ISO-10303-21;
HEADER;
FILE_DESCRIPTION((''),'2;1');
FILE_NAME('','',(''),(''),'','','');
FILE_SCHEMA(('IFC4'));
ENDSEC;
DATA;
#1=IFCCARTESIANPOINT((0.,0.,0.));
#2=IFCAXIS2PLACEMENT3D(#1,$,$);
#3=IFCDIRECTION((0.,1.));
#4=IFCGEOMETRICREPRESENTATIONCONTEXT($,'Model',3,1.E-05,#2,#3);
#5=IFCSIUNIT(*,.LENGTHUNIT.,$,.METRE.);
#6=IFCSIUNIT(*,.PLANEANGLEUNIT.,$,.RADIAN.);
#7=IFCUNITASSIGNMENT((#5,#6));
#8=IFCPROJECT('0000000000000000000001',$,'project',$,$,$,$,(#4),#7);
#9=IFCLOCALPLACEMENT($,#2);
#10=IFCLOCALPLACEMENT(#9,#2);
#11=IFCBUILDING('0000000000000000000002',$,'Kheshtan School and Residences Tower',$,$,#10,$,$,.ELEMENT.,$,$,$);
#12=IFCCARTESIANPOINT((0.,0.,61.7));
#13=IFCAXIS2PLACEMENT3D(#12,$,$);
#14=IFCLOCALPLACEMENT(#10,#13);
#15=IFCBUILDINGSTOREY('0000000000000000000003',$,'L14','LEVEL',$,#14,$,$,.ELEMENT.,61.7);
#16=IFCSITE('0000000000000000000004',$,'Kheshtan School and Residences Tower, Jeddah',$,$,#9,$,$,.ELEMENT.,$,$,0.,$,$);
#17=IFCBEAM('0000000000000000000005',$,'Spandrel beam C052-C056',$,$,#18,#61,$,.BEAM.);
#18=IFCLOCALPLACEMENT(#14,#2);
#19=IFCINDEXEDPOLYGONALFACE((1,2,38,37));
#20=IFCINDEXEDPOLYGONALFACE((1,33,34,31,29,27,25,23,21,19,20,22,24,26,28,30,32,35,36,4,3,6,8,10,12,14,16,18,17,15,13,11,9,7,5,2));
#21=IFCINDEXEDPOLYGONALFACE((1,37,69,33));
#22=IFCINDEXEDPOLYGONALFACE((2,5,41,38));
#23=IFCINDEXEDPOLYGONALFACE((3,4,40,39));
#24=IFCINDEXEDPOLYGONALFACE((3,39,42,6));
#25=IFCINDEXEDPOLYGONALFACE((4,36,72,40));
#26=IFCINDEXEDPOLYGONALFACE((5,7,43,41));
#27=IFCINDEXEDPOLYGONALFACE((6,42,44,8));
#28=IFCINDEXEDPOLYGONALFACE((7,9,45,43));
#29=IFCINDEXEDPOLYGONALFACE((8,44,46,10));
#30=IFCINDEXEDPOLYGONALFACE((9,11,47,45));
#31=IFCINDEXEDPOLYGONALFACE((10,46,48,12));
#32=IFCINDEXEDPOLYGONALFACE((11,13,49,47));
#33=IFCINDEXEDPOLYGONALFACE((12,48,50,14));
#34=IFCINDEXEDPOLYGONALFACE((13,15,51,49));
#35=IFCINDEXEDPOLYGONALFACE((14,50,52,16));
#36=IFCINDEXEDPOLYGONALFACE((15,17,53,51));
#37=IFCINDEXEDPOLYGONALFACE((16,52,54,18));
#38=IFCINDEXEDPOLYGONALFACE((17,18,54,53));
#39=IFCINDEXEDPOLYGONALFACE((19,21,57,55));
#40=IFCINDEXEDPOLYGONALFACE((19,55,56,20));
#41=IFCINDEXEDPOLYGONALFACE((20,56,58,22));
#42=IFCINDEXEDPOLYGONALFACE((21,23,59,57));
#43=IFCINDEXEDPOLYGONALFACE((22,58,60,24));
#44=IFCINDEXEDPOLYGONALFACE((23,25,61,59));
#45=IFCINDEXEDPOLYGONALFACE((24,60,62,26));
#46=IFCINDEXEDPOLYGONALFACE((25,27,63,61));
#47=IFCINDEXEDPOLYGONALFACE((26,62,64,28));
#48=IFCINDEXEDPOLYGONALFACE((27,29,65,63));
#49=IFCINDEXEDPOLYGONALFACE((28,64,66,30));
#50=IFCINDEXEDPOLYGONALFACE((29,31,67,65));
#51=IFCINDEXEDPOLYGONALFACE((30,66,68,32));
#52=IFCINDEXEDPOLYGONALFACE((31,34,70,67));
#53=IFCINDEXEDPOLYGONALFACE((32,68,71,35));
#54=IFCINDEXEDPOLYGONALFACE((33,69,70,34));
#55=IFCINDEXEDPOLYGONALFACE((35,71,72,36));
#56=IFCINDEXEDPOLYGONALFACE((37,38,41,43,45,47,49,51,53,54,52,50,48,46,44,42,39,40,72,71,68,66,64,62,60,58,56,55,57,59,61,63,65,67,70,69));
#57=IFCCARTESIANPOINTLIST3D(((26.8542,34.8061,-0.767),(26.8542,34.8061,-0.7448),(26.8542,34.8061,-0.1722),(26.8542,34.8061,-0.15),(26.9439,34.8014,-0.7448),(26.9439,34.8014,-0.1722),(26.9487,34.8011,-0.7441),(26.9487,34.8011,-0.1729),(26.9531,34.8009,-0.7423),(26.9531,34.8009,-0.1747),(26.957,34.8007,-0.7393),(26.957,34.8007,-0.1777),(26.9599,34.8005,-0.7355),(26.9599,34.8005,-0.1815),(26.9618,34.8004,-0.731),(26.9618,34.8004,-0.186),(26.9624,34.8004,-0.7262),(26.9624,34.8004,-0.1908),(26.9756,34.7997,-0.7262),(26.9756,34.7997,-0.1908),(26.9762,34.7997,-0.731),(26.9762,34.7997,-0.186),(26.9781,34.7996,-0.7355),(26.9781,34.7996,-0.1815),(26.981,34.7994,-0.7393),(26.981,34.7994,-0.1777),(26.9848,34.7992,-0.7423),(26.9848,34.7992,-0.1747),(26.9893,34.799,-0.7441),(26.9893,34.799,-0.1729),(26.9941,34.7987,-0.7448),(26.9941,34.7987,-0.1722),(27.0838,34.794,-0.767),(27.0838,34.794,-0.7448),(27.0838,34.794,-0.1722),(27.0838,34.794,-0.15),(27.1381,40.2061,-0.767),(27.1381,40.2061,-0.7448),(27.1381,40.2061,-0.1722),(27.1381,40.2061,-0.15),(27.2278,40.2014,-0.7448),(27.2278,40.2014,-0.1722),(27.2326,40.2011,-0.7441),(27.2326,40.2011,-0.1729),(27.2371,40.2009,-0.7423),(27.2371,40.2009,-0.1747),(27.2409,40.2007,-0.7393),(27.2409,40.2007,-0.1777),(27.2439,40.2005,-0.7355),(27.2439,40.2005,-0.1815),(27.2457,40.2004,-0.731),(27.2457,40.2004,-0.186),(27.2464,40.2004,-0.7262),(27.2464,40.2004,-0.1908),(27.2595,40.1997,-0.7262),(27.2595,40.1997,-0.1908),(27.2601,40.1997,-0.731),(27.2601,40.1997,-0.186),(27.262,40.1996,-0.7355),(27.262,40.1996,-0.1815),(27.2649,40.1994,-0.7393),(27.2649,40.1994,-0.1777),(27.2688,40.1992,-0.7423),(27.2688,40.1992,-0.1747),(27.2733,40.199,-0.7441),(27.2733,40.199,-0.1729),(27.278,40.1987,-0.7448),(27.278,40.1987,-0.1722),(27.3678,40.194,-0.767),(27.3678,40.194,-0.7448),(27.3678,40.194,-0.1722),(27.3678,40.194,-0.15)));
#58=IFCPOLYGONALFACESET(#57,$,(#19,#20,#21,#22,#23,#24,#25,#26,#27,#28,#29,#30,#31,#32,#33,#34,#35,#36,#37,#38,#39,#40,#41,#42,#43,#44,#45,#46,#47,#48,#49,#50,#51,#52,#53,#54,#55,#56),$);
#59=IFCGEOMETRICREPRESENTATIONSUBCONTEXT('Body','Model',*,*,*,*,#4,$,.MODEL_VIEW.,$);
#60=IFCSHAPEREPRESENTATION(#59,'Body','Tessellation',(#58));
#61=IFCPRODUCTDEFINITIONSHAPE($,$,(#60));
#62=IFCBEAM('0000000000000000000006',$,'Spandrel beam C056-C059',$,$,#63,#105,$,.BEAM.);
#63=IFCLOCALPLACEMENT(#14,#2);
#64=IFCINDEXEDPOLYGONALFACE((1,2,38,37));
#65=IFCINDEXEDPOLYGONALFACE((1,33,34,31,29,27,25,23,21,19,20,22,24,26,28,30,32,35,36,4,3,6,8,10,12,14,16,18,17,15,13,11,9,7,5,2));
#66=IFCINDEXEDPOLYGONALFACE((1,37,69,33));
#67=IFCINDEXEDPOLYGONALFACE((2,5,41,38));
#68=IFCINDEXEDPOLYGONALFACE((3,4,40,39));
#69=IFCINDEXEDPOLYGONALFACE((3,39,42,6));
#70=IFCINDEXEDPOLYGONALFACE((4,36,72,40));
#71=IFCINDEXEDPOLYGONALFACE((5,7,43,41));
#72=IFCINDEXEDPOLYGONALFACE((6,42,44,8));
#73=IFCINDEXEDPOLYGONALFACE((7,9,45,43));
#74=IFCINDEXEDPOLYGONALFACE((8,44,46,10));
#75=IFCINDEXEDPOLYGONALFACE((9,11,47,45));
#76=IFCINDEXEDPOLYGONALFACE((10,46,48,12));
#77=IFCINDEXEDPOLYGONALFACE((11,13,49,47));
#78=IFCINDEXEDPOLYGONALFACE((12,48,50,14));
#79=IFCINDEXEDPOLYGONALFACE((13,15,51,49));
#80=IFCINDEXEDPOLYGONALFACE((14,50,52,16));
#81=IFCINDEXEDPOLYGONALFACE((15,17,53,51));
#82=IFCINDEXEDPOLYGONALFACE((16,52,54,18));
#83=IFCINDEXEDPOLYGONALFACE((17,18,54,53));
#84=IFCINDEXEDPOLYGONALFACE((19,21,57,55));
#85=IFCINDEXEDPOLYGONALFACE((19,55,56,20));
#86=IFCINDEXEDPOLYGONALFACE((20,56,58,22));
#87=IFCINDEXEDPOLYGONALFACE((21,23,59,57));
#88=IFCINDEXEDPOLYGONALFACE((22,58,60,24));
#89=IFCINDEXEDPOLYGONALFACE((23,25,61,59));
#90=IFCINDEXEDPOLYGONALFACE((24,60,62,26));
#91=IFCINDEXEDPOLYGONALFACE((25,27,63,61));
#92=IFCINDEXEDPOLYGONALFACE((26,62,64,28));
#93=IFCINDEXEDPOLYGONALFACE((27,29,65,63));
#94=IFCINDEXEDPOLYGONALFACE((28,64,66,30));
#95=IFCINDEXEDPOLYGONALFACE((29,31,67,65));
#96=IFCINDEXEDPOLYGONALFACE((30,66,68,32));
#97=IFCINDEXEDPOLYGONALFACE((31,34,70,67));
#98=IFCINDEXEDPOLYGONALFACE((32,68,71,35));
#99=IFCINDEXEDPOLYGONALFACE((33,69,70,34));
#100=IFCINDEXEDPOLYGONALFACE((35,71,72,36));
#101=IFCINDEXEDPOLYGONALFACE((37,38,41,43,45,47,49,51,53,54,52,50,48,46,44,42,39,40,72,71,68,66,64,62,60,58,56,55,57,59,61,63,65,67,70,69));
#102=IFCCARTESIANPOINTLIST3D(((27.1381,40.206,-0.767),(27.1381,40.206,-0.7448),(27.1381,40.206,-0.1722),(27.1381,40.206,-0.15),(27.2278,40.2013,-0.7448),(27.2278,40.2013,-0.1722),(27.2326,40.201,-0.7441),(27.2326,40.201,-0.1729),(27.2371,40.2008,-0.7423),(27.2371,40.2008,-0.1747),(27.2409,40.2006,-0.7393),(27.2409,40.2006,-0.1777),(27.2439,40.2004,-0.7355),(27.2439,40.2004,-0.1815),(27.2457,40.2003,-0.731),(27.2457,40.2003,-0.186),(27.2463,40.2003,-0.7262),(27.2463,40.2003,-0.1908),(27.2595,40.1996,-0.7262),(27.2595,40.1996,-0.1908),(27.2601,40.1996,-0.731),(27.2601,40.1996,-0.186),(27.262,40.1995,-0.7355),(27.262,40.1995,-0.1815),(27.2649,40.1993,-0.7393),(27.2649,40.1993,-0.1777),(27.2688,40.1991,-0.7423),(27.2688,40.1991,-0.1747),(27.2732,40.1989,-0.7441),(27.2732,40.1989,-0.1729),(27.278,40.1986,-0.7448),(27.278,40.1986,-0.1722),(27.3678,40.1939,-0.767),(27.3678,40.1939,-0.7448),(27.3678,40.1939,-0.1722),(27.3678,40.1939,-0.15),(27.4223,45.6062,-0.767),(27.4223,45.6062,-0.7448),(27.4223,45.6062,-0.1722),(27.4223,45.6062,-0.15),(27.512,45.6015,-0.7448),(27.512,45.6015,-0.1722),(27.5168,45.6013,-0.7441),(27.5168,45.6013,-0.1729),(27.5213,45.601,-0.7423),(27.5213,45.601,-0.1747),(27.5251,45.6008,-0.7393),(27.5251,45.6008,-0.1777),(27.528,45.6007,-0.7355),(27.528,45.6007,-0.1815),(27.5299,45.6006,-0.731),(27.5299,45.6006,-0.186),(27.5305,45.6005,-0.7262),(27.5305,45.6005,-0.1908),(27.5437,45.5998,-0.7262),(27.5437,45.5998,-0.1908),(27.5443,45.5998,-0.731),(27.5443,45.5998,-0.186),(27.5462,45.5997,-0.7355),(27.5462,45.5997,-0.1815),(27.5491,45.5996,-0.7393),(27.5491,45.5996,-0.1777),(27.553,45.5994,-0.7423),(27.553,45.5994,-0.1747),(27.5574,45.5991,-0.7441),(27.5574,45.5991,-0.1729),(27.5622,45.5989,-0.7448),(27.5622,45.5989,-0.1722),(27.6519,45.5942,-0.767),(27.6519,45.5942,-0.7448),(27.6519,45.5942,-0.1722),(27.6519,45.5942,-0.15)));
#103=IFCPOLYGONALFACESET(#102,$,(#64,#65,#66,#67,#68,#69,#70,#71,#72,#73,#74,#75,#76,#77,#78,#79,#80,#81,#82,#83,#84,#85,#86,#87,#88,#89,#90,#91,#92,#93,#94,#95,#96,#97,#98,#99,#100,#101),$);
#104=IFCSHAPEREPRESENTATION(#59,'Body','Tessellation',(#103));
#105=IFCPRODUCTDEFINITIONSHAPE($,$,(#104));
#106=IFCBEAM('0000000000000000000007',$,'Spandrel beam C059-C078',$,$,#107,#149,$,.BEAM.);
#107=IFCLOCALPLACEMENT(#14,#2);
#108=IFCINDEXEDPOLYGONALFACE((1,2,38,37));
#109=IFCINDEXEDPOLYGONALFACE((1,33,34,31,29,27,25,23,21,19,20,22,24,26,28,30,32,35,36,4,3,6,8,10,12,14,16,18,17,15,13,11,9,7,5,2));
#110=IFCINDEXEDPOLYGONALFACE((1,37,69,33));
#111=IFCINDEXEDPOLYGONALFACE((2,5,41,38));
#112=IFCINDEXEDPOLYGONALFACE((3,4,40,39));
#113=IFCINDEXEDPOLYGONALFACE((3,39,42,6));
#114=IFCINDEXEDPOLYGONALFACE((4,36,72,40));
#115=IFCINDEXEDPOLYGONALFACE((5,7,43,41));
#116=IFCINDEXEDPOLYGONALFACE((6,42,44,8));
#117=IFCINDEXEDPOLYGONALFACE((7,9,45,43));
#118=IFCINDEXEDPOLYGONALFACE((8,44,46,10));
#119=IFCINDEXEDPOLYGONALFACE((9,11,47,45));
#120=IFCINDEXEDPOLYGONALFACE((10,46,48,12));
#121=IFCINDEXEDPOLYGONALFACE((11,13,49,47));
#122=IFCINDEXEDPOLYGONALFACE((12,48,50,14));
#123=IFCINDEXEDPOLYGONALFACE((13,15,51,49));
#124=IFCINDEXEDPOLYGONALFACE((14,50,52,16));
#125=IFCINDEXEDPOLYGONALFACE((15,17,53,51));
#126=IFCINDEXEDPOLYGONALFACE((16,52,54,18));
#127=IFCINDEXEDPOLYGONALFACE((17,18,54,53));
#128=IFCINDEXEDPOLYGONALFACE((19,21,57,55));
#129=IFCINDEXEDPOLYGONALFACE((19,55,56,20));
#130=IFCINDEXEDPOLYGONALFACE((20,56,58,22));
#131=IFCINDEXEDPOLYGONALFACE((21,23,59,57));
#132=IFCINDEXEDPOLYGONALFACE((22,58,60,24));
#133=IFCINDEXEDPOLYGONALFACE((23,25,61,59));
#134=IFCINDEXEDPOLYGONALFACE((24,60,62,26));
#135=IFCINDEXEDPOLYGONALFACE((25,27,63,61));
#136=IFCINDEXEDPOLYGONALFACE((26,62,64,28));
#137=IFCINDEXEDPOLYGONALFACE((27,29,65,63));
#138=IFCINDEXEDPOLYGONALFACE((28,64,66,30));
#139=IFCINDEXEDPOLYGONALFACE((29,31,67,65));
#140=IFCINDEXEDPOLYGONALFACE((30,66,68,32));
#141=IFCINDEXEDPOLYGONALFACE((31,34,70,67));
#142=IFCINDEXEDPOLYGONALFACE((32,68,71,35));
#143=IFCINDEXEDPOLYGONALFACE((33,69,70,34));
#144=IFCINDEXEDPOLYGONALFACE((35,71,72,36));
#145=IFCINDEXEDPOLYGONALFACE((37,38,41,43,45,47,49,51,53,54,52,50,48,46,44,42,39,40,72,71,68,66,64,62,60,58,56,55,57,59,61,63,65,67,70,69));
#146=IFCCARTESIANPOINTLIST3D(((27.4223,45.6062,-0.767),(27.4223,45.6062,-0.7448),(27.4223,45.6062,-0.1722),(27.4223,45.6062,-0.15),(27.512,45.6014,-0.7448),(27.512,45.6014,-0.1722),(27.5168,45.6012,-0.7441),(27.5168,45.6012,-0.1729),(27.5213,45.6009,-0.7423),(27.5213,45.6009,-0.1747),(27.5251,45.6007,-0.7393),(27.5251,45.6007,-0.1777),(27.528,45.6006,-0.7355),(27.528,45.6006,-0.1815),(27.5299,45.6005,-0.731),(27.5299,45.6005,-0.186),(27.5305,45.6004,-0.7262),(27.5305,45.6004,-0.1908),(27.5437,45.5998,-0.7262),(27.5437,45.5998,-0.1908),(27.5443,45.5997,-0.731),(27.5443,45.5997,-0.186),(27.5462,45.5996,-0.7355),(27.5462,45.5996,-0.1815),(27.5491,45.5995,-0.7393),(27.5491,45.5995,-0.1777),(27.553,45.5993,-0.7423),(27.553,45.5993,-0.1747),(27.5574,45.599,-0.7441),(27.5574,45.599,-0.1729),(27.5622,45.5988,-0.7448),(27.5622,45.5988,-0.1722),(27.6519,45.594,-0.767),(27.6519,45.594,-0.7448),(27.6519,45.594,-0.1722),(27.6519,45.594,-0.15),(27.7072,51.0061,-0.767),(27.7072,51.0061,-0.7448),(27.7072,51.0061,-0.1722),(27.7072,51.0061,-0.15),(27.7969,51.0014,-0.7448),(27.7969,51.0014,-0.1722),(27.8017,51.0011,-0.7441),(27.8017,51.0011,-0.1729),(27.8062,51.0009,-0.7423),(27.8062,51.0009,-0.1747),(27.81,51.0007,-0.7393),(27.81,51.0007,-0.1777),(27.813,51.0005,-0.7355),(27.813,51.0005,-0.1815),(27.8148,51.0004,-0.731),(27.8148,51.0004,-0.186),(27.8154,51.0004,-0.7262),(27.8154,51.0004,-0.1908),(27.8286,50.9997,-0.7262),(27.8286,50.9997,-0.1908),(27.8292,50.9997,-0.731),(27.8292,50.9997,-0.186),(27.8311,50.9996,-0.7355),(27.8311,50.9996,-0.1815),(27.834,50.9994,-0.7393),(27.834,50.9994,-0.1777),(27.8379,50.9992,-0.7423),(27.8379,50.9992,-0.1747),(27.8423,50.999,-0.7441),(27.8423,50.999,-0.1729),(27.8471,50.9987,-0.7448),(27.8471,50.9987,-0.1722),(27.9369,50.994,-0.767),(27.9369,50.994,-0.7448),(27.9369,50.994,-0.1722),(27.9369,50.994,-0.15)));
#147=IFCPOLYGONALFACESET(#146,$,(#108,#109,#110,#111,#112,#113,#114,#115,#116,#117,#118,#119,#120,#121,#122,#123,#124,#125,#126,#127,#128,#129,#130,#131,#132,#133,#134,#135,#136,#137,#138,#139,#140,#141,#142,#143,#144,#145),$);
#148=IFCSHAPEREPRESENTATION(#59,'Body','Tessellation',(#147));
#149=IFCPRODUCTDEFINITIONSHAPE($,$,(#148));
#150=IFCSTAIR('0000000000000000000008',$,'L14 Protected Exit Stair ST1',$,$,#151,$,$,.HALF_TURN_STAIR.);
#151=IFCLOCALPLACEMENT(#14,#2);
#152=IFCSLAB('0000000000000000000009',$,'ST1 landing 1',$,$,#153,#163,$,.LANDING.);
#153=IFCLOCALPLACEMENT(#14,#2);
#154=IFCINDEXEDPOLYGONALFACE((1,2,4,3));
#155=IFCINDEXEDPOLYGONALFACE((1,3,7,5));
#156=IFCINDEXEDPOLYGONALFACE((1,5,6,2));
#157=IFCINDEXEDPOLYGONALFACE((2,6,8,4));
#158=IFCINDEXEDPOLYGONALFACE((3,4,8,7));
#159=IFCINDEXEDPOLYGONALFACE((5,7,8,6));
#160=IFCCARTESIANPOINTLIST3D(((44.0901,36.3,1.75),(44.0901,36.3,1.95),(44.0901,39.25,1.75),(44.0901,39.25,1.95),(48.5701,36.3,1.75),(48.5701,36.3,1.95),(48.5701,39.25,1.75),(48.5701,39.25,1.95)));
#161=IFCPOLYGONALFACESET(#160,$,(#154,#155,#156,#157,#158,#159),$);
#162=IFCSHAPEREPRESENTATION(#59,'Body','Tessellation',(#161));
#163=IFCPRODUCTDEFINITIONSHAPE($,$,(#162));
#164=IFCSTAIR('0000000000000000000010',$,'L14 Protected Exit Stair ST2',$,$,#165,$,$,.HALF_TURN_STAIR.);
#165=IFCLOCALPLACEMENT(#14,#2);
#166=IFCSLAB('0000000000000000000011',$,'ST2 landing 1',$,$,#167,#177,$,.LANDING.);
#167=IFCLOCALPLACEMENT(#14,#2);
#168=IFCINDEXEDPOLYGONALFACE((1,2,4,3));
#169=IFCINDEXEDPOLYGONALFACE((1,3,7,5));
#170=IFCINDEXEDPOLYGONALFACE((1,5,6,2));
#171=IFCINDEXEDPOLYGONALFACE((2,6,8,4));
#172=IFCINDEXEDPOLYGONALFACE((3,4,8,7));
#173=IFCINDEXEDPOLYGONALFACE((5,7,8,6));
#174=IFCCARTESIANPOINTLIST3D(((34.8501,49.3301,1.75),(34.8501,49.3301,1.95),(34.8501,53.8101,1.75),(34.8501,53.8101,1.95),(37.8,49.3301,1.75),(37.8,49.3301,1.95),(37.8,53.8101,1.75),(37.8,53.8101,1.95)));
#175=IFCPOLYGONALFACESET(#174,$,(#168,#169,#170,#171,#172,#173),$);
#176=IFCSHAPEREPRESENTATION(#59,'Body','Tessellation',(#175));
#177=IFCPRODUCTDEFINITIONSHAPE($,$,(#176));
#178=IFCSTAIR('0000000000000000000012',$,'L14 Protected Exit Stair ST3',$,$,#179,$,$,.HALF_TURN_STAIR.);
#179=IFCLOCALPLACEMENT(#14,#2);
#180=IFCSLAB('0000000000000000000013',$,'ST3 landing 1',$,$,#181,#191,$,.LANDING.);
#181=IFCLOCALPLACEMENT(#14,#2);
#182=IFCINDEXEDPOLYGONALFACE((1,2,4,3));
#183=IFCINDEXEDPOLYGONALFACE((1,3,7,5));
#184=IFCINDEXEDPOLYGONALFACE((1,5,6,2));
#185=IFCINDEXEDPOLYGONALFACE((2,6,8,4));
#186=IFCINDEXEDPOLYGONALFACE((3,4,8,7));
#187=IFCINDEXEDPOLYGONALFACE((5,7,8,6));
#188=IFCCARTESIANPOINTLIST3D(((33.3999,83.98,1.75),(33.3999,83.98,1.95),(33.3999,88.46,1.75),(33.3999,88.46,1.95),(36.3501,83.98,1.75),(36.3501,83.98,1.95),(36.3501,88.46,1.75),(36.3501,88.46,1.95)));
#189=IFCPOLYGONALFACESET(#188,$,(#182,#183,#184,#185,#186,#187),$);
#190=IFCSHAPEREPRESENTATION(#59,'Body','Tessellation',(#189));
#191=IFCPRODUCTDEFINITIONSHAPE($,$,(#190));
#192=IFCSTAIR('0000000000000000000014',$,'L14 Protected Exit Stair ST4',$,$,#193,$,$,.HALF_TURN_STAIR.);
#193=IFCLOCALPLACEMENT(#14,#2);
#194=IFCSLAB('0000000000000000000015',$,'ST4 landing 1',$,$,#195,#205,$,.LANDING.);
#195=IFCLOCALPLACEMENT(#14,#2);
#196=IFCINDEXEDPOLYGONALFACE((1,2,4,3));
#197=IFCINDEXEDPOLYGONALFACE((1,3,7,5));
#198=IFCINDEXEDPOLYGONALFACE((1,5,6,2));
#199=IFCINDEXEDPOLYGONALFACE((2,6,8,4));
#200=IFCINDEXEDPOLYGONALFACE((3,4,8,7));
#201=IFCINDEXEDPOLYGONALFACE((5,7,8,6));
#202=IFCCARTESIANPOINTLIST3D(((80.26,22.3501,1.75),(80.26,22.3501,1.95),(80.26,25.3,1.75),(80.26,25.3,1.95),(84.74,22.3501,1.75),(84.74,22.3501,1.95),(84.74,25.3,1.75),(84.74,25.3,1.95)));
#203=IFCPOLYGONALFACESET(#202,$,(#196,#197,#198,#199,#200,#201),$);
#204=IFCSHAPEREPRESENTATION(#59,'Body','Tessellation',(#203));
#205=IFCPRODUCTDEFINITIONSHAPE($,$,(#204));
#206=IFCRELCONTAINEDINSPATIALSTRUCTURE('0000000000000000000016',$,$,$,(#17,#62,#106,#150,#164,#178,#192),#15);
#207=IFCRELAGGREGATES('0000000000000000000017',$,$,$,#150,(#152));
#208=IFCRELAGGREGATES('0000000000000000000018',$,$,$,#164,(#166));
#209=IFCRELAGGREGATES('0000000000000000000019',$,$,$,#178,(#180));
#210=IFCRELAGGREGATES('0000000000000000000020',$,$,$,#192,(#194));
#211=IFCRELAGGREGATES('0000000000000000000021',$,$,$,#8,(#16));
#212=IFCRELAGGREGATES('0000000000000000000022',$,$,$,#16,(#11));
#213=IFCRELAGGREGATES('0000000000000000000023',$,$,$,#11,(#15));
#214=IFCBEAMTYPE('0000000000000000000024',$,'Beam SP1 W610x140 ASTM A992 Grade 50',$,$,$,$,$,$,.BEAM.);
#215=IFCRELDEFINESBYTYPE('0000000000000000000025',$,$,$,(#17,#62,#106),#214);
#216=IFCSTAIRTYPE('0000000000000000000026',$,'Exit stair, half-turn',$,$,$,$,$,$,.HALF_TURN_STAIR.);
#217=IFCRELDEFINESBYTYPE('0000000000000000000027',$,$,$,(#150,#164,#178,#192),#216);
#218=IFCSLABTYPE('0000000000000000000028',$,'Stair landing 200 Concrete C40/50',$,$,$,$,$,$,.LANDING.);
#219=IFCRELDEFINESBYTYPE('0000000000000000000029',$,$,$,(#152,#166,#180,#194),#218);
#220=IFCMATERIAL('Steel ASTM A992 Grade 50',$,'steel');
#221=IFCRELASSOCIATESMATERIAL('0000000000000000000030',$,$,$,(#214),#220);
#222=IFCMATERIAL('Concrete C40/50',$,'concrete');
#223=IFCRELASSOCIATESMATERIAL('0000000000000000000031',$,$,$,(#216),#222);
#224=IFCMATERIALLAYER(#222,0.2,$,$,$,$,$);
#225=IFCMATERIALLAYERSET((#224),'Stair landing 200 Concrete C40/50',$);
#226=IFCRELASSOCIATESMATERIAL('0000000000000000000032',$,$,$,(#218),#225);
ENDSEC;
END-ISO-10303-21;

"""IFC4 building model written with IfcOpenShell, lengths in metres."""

from ifc_helpers import new_model, si_unit, direction, frame, origin, origin_2d, place, context, subcontext, project, spatial, polyline, i_section, outline, extrude, material, layer, layer_set, material_profile, profile_set, type_object, element, aggregate, save


model = new_model("IFC4")

# Units and contexts
model_context = context("Model", 3, precision=1e-05, world=origin(), true_north=direction((0.0, 1.0)))
body_context = subcontext(model_context, "Body", "Model", "MODEL_VIEW")
ifc_project = project(units=[si_unit("LENGTHUNIT", "METRE"), si_unit("PLANEANGLEUNIT", "RADIAN")], contexts=[model_context])

# Site, building, storey
site_placement = place(None, origin())
site = spatial("IfcSite", under=ifc_project, at=site_placement, Name="Kheshtan School and Residences Tower, Jeddah", CompositionType="ELEMENT", RefElevation=0.0)
building_placement = place(site_placement, origin())
building = spatial("IfcBuilding", under=site, at=building_placement, Name="Kheshtan School and Residences Tower", CompositionType="ELEMENT")
storey_placement = place(building_placement, frame((0.0, 0.0, 61.7)))
storey = spatial("IfcBuildingStorey", under=building, at=storey_placement, Name="L14", Description="LEVEL", CompositionType="ELEMENT", Elevation=61.7)

# Shared definitions
ifc_material_1 = material(Name="Steel ASTM A992 Grade 50", Category="steel")

# Beams
ifc_material_profile_1 = material_profile(ifc_material_1, i_section(OverallWidth=0.23, OverallDepth=0.6169, WebThickness=0.0132, FlangeThickness=0.0222, FilletRadius=0.0186, at=origin_2d()), Name="W610x140")
ifc_profile_set_1 = profile_set([ifc_material_profile_1], Name="Steel ASTM A992 Grade 50")
beam_type_1 = type_object("IfcBeamType", Name="Beam SP1 W610x140 ASTM A992 Grade 50", PredefinedType="BEAM", material=ifc_profile_set_1)
beam_1_placement = place(storey_placement, frame((26.969, 34.8, -0.4585), z_axis=(0.052509, 0.99862, 0.0), x_axis=(-0.99862, 0.052509, 0.0)))
element("IfcBeam", 1, at=beam_1_placement, inside=storey, type_object=beam_type_1, Name="Spandrel beam C052-C056", PredefinedType="BEAM", context=body_context, shape_type="SweptSolid", body=[
    extrude(i_section(OverallWidth=0.23, OverallDepth=0.6169, WebThickness=0.0132, FlangeThickness=0.0222, FilletRadius=0.0186, at=origin_2d()), origin(), (0.0, 0.0, 1.0), 5.4075),
])
beam_2_placement = place(storey_placement, frame((27.2529, 40.2, -0.4585), z_axis=(0.052552, 0.998618, 0.0), x_axis=(-0.998618, 0.052552, 0.0)))
element("IfcBeam", 2, at=beam_2_placement, inside=storey, type_object=beam_type_1, Name="Spandrel beam C056-C059", PredefinedType="BEAM", context=body_context, shape_type="SweptSolid", body=[
    extrude(i_section(OverallWidth=0.23, OverallDepth=0.6169, WebThickness=0.0132, FlangeThickness=0.0222, FilletRadius=0.0186, at=origin_2d()), origin(), (0.0, 0.0, 1.0), 5.4077),
])
beam_3_placement = place(storey_placement, frame((27.5371, 45.6001, -0.4585), z_axis=(0.052689, 0.998611, 0.0), x_axis=(-0.998611, 0.052689, 0.0)))
element("IfcBeam", 3, at=beam_3_placement, inside=storey, type_object=beam_type_1, Name="Spandrel beam C059-C078", PredefinedType="BEAM", context=body_context, shape_type="SweptSolid", body=[
    extrude(i_section(OverallWidth=0.23, OverallDepth=0.6169, WebThickness=0.0132, FlangeThickness=0.0222, FilletRadius=0.0186, at=origin_2d()), origin(), (0.0, 0.0, 1.0), 5.4075),
])

# Shared definitions
ifc_material_2 = material(Name="Concrete C40/50", Category="concrete")

# Stairs, slabs
stair_type = type_object("IfcStairType", Name="Exit stair, half-turn", PredefinedType="HALF_TURN_STAIR", material=ifc_material_2)
stair_1_placement = place(storey_placement, origin())
stair_1 = element("IfcStair", 4, at=stair_1_placement, inside=storey, type_object=stair_type, Name="L14 Protected Exit Stair ST1", PredefinedType="HALF_TURN_STAIR")
ifc_layer_1 = layer(ifc_material_2, 0.2)
ifc_layer_set_1 = layer_set([ifc_layer_1], Name="Stair landing 200 Concrete C40/50")
slab_type_1 = type_object("IfcSlabType", Name="Stair landing 200 Concrete C40/50", PredefinedType="LANDING", material=ifc_layer_set_1)
slab_1_placement = place(storey_placement, frame((0.0, 0.0, 1.75)))
slab_1 = element("IfcSlab", 5, at=slab_1_placement, type_object=slab_type_1, Name="ST1 landing 1", PredefinedType="LANDING", context=body_context, shape_type="SweptSolid", body=[
    extrude(outline(polyline([(48.5701, 39.25), (44.0901, 39.25), (44.0901, 36.3), (48.5701, 36.3), (48.5701, 39.25)])), origin(), (0.0, 0.0, 1.0), 0.2),
])
aggregate(stair_1, [slab_1])
stair_2_placement = place(storey_placement, origin())
stair_2 = element("IfcStair", 6, at=stair_2_placement, inside=storey, type_object=stair_type, Name="L14 Protected Exit Stair ST2", PredefinedType="HALF_TURN_STAIR")
slab_2_placement = place(storey_placement, frame((0.0, 0.0, 1.75)))
slab_2 = element("IfcSlab", 7, at=slab_2_placement, type_object=slab_type_1, Name="ST2 landing 1", PredefinedType="LANDING", context=body_context, shape_type="SweptSolid", body=[
    extrude(outline(polyline([(37.8, 49.3301), (37.8, 53.8101), (34.8501, 53.8101), (34.8501, 49.3301), (37.8, 49.3301)])), origin(), (0.0, 0.0, 1.0), 0.2),
])
aggregate(stair_2, [slab_2])
stair_3_placement = place(storey_placement, origin())
stair_3 = element("IfcStair", 8, at=stair_3_placement, inside=storey, type_object=stair_type, Name="L14 Protected Exit Stair ST3", PredefinedType="HALF_TURN_STAIR")
slab_3_placement = place(storey_placement, frame((0.0, 0.0, 1.75)))
slab_3 = element("IfcSlab", 9, at=slab_3_placement, type_object=slab_type_1, Name="ST3 landing 1", PredefinedType="LANDING", context=body_context, shape_type="SweptSolid", body=[
    extrude(outline(polyline([(36.3501, 83.98), (36.3501, 88.46), (33.3999, 88.46), (33.3999, 83.98), (36.3501, 83.98)])), origin(), (0.0, 0.0, 1.0), 0.2),
])
aggregate(stair_3, [slab_3])
stair_4_placement = place(storey_placement, origin())
stair_4 = element("IfcStair", 10, at=stair_4_placement, inside=storey, type_object=stair_type, Name="L14 Protected Exit Stair ST4", PredefinedType="HALF_TURN_STAIR")
slab_4_placement = place(storey_placement, frame((0.0, 0.0, 1.75)))
slab_4 = element("IfcSlab", 11, at=slab_4_placement, type_object=slab_type_1, Name="ST4 landing 1", PredefinedType="LANDING", context=body_context, shape_type="SweptSolid", body=[
    extrude(outline(polyline([(84.74, 25.3), (80.26, 25.3), (80.26, 22.3501), (84.74, 22.3501), (84.74, 25.3)])), origin(), (0.0, 0.0, 1.0), 0.2),
])
aggregate(stair_4, [slab_4])

save(model, "model.ifc")
